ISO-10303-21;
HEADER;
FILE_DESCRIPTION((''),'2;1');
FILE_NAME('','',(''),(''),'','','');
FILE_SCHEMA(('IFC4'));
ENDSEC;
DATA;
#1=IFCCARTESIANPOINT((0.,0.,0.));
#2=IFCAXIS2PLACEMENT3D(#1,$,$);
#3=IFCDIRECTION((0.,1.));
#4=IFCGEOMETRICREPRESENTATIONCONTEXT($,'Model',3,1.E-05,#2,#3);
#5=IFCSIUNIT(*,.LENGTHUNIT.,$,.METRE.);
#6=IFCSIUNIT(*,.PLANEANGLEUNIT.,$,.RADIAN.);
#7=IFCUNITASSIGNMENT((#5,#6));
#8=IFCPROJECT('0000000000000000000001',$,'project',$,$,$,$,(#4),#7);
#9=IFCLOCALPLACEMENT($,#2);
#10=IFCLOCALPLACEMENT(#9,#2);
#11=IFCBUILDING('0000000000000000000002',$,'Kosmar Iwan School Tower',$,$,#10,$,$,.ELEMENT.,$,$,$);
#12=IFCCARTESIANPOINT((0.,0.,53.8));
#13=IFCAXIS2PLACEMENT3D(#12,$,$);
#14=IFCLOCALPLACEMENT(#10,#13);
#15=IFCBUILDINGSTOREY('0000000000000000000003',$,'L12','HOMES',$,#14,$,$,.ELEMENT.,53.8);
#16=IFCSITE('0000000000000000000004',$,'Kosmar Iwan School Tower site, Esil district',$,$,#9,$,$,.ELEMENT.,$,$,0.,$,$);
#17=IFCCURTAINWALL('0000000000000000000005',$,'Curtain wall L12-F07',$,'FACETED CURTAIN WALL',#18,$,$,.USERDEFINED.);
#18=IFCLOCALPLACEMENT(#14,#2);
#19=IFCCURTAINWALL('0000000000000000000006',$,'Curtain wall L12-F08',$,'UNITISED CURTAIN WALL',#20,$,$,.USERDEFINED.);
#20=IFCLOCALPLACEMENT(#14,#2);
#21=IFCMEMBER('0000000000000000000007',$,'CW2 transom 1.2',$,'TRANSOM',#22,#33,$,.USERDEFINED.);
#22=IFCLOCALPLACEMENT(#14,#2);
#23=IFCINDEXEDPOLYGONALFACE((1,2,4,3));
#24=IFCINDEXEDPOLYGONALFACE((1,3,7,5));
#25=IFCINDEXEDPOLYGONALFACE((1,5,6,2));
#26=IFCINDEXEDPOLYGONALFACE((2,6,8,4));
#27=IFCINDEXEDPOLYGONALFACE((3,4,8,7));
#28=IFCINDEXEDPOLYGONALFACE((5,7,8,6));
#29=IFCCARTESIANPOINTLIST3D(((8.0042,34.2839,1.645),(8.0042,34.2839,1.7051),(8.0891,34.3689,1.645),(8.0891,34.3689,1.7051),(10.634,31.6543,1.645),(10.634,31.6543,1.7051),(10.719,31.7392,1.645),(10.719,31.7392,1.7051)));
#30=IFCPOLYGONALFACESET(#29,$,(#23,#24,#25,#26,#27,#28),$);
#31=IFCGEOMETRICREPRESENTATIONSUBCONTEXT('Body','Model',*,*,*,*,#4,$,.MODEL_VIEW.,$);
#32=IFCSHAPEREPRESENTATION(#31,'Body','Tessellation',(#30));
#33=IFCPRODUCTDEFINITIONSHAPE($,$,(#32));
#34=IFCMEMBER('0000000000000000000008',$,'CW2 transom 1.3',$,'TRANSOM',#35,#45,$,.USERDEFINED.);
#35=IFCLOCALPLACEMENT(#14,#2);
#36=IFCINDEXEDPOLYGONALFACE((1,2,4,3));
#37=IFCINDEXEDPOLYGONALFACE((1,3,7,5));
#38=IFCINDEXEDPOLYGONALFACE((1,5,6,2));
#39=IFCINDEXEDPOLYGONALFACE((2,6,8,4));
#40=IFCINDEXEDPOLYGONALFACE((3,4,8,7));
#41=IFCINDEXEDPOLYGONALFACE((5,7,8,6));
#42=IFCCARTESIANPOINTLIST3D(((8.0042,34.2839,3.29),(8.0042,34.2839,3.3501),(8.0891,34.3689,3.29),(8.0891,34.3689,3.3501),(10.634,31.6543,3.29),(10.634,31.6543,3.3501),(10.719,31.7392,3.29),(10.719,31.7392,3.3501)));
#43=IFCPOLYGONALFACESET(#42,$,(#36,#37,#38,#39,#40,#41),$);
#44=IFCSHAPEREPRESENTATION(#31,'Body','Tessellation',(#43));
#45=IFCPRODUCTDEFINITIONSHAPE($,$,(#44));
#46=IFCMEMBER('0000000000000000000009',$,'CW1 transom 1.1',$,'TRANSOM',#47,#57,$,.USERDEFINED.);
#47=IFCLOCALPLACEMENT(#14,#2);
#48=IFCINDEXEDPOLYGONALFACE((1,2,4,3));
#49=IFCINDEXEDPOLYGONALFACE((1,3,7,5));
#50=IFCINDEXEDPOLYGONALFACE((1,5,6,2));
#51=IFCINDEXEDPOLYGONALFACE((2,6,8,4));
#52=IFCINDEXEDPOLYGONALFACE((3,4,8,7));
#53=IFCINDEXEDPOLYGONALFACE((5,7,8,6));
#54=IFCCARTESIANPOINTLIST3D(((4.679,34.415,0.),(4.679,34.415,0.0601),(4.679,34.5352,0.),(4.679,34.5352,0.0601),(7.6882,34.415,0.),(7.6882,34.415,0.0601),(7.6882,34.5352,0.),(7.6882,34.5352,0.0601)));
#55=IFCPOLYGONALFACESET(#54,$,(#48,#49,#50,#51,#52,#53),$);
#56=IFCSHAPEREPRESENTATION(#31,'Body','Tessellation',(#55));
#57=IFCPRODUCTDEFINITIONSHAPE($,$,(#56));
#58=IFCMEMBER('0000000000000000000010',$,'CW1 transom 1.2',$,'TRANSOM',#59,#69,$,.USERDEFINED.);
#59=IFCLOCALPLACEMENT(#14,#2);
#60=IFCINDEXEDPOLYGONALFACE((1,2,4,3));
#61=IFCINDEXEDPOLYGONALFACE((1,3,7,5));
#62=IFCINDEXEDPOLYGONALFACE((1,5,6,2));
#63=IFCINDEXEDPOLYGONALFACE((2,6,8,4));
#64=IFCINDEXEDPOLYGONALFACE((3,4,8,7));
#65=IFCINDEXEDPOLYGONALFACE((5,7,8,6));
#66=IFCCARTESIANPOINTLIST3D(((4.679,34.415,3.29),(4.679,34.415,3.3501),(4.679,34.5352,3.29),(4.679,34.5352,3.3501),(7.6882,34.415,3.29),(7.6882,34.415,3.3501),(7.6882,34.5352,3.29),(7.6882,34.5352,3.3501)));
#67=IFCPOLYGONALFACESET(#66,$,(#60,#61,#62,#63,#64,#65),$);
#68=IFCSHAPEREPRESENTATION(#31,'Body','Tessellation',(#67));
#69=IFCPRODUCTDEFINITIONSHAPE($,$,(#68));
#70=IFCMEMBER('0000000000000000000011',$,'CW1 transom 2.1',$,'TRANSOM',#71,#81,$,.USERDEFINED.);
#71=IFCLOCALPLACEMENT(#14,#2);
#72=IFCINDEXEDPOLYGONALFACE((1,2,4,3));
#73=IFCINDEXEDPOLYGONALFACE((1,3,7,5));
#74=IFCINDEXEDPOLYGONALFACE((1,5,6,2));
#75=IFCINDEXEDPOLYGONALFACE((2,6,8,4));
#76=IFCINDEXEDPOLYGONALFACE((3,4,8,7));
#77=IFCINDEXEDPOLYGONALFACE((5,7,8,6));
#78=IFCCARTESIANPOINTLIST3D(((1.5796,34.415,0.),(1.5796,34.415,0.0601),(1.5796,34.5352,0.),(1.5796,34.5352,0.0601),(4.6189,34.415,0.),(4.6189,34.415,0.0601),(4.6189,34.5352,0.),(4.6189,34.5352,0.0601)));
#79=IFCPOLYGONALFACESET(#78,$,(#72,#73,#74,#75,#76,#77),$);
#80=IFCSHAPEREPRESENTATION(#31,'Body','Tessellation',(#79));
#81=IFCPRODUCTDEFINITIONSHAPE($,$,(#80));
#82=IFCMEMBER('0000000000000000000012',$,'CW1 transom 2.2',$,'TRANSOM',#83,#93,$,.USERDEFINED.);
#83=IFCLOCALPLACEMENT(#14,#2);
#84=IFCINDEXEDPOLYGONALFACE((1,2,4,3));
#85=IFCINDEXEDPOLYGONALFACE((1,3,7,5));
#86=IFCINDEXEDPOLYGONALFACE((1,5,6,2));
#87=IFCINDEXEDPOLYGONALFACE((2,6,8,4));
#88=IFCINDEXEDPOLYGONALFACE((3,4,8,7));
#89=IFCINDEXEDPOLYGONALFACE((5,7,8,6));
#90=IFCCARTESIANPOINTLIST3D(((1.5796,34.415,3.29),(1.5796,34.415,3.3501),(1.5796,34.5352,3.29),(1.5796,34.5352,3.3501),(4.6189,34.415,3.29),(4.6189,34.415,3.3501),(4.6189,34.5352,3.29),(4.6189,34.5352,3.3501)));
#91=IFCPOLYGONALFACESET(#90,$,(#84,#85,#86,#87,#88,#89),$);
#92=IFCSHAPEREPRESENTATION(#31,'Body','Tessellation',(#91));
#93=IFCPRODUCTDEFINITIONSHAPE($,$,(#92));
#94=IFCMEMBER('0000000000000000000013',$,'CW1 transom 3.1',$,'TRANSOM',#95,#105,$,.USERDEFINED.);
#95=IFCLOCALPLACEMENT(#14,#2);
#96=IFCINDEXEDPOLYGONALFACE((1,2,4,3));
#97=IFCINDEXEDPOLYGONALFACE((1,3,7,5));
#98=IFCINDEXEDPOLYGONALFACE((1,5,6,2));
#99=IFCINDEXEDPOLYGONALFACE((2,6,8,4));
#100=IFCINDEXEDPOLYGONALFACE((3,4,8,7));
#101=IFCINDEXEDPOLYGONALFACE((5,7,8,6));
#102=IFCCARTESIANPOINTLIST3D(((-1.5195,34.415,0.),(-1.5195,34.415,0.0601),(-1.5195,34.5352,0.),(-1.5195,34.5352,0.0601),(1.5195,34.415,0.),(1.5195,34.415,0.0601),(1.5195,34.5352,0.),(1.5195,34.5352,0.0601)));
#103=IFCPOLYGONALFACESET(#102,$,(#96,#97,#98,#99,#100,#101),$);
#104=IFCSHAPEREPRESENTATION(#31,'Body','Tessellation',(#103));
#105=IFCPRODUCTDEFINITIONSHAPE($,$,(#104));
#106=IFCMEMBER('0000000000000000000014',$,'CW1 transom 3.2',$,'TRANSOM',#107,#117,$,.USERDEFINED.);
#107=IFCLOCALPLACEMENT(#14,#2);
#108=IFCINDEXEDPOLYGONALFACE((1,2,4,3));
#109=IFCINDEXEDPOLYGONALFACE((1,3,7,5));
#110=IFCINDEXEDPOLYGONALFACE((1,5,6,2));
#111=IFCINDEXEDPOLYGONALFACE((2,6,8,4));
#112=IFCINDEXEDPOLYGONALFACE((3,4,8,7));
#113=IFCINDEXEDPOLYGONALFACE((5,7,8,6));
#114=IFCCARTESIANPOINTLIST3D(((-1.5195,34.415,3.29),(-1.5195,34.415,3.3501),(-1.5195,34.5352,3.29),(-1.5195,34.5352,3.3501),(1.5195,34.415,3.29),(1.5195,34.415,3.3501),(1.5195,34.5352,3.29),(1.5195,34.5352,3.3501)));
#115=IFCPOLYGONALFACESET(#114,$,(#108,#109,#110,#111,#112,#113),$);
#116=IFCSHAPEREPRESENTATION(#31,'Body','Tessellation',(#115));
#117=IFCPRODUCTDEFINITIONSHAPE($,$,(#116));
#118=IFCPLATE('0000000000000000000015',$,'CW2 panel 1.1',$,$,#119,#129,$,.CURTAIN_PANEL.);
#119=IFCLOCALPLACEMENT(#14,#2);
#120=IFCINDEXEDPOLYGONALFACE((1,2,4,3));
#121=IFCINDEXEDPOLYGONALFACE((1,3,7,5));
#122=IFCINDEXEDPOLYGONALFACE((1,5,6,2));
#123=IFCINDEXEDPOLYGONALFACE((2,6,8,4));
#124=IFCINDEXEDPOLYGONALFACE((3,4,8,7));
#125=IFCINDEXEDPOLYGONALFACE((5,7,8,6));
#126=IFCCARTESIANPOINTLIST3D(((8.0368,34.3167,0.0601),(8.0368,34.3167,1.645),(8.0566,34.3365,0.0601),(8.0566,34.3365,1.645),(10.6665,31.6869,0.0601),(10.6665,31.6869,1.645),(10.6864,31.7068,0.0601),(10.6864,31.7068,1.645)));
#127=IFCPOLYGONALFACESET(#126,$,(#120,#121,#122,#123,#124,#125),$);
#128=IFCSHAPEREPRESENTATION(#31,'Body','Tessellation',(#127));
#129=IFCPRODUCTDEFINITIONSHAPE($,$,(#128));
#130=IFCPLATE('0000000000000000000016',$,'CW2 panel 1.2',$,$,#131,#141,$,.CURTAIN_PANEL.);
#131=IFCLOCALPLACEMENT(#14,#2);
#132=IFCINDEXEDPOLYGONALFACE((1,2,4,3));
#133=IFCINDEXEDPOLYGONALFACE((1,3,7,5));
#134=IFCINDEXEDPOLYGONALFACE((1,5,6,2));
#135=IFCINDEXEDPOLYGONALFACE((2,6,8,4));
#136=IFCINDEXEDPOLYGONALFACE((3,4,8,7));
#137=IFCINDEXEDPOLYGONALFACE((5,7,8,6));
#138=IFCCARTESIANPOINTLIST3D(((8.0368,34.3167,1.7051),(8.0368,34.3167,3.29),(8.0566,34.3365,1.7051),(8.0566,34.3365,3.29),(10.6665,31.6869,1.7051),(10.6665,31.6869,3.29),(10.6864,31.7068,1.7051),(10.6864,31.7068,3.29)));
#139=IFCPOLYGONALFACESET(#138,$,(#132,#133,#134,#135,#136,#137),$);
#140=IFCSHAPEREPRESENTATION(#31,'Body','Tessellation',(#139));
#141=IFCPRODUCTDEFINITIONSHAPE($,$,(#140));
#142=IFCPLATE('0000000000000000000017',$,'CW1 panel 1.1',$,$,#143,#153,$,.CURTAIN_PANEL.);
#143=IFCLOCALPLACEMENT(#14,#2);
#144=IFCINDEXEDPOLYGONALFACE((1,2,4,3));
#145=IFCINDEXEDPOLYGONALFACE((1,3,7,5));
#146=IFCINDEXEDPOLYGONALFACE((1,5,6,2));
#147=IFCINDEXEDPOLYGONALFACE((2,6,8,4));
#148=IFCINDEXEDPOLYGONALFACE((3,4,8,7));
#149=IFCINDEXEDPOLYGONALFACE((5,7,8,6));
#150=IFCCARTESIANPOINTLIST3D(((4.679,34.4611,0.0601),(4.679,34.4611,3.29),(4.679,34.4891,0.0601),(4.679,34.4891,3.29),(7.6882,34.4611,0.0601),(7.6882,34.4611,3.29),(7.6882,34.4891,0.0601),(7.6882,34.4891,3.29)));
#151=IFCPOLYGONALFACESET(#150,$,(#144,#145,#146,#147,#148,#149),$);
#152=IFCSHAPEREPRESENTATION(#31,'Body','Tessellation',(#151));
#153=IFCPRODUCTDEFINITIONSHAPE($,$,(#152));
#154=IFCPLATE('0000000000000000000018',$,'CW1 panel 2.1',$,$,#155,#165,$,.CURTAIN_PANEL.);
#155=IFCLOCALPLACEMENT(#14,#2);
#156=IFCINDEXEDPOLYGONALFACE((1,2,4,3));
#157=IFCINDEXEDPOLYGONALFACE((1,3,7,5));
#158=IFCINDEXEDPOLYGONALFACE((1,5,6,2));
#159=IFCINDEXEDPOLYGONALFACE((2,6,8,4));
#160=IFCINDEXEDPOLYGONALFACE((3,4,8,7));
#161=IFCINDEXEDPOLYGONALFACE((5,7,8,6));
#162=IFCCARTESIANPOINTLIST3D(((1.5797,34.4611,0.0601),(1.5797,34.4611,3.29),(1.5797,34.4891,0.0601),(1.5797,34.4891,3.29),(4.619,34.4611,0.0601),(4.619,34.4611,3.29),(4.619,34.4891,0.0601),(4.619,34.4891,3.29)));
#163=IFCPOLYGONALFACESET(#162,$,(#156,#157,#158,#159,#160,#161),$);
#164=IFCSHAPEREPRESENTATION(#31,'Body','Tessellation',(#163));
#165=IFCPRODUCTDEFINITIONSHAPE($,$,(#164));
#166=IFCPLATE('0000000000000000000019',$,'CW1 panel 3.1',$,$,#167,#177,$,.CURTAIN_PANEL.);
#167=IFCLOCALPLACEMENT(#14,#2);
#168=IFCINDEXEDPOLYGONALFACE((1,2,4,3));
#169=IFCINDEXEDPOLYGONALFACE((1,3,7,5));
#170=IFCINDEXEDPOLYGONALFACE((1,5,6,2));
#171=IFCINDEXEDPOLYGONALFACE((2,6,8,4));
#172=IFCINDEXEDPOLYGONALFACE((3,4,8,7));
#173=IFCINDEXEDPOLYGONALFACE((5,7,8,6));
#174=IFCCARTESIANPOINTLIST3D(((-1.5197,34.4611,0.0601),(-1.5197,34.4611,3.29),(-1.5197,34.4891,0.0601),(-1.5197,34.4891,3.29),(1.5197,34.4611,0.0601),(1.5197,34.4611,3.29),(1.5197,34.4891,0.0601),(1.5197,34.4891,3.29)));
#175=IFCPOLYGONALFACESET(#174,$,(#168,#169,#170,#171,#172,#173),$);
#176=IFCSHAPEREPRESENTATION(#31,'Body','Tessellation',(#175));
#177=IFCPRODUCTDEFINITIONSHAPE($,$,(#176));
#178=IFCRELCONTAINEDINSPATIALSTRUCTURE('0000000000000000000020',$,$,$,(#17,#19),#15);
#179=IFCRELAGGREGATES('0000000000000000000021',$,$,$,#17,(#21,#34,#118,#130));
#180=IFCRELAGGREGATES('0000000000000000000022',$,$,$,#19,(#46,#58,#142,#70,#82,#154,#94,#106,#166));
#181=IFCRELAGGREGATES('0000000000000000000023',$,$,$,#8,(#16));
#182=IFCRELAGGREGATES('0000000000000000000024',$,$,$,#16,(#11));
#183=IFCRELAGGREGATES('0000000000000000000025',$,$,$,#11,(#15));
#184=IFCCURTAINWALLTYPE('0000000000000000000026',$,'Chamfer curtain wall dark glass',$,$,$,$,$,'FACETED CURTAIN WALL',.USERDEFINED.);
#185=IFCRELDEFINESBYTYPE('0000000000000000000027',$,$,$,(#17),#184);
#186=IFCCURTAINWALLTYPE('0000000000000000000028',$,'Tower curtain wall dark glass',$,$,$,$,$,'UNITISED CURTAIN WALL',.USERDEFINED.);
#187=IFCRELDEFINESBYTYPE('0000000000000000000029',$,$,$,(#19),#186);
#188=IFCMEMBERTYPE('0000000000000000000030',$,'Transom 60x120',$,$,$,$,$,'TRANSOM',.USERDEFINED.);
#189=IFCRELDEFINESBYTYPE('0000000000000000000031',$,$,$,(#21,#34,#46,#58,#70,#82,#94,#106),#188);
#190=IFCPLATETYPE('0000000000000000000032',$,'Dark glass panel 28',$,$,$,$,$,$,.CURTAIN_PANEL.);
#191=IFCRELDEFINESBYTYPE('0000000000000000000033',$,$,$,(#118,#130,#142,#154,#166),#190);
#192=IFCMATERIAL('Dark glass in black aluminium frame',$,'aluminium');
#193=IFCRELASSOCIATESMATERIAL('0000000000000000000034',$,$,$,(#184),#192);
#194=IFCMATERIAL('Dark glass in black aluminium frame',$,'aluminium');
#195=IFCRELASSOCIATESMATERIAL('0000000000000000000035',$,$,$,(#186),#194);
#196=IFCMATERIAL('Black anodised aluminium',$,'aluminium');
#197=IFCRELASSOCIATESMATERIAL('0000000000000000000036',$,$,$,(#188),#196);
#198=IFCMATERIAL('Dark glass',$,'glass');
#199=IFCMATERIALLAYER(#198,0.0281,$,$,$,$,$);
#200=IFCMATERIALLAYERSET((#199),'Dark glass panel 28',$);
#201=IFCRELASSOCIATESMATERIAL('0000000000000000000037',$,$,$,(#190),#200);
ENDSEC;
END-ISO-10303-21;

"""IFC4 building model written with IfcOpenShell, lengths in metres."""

from ifc_helpers import new_model, si_unit, direction, frame, origin, origin_2d, place, context, subcontext, project, spatial, rectangle, extrude, material, layer, layer_set, material_profile, profile_set, type_object, element, aggregate, save


model = new_model("IFC4")

# Units and contexts
model_context = context("Model", 3, precision=1e-05, world=origin(), true_north=direction((0.0, 1.0)))
body_context = subcontext(model_context, "Body", "Model", "MODEL_VIEW")
ifc_project = project(units=[si_unit("LENGTHUNIT", "METRE"), si_unit("PLANEANGLEUNIT", "RADIAN")], contexts=[model_context])

# Site, building, storey
site_placement = place(None, origin())
site = spatial("IfcSite", under=ifc_project, at=site_placement, Name="Kosmar Iwan School Tower site, Esil district", CompositionType="ELEMENT", RefElevation=0.0)
building_placement = place(site_placement, origin())
building = spatial("IfcBuilding", under=site, at=building_placement, Name="Kosmar Iwan School Tower", CompositionType="ELEMENT")
storey_placement = place(building_placement, frame((0.0, 0.0, 53.8)))
storey = spatial("IfcBuildingStorey", under=building, at=storey_placement, Name="L12", Description="HOMES", CompositionType="ELEMENT", Elevation=53.8)

# Curtain walls
ifc_material_1 = material(Name="Dark glass in black aluminium frame", Category="aluminium")
curtain_wall_type_1 = type_object("IfcCurtainWallType", Name="Chamfer curtain wall dark glass", ElementType="FACETED CURTAIN WALL", PredefinedType="USERDEFINED", material=ifc_material_1)
curtain_wall_1_placement = place(storey_placement, origin())
curtain_wall_1 = element("IfcCurtainWall", 1, at=curtain_wall_1_placement, inside=storey, type_object=curtain_wall_type_1, Name="Curtain wall L12-F07", ObjectType="FACETED CURTAIN WALL", PredefinedType="USERDEFINED")
ifc_material_2 = material(Name="Dark glass in black aluminium frame", Category="aluminium")
curtain_wall_type_2 = type_object("IfcCurtainWallType", Name="Tower curtain wall dark glass", ElementType="UNITISED CURTAIN WALL", PredefinedType="USERDEFINED", material=ifc_material_2)
curtain_wall_2_placement = place(storey_placement, origin())
curtain_wall_2 = element("IfcCurtainWall", 2, at=curtain_wall_2_placement, inside=storey, type_object=curtain_wall_type_2, Name="Curtain wall L12-F08", ObjectType="UNITISED CURTAIN WALL", PredefinedType="USERDEFINED")

# Members
ifc_material_3 = material(Name="Black anodised aluminium", Category="aluminium")
ifc_material_profile_1 = material_profile(ifc_material_3, rectangle(XDim=0.1201, YDim=0.0601, at=origin_2d()), Name="TRANSOM 60x120")
ifc_profile_set_1 = profile_set([ifc_material_profile_1], Name="Black anodised aluminium")
member_type_1 = type_object("IfcMemberType", Name="Transom 60x120", ElementType="TRANSOM", PredefinedType="USERDEFINED", material=ifc_profile_set_1)
member_1_placement = place(storey_placement, frame((10.6765, 31.6968, 1.675), z_axis=(-0.70714, 0.707074, 0.0), x_axis=(-0.707074, -0.70714, 0.0)))
member_1 = element("IfcMember", 3, at=member_1_placement, type_object=member_type_1, Name="CW2 transom 1.2", ObjectType="TRANSOM", PredefinedType="USERDEFINED", context=body_context, shape_type="SweptSolid", body=[
    extrude(rectangle(XDim=0.1201, YDim=0.0601, at=origin_2d()), origin(), (0.0, 0.0, 1.0), 3.719),
])
member_2_placement = place(storey_placement, frame((10.6765, 31.6968, 3.3201), z_axis=(-0.70714, 0.707074, 0.0), x_axis=(-0.707074, -0.70714, 0.0)))
member_2 = element("IfcMember", 4, at=member_2_placement, type_object=member_type_1, Name="CW2 transom 1.3", ObjectType="TRANSOM", PredefinedType="USERDEFINED", context=body_context, shape_type="SweptSolid", body=[
    extrude(rectangle(XDim=0.1201, YDim=0.0601, at=origin_2d()), origin(), (0.0, 0.0, 1.0), 3.719),
])
member_3_placement = place(storey_placement, frame((7.6882, 34.4751, 0.03), z_axis=(-1.0, 0.0, 0.0), x_axis=(0.0, -1.0, 0.0)))
member_3 = element("IfcMember", 5, at=member_3_placement, type_object=member_type_1, Name="CW1 transom 1.1", ObjectType="TRANSOM", PredefinedType="USERDEFINED", context=body_context, shape_type="SweptSolid", body=[
    extrude(rectangle(XDim=0.1201, YDim=0.0601, at=origin_2d()), origin(), (0.0, 0.0, 1.0), 3.0093),
])
member_4_placement = place(storey_placement, frame((7.6882, 34.4751, 3.3201), z_axis=(-1.0, 0.0, 0.0), x_axis=(0.0, -1.0, 0.0)))
member_4 = element("IfcMember", 6, at=member_4_placement, type_object=member_type_1, Name="CW1 transom 1.2", ObjectType="TRANSOM", PredefinedType="USERDEFINED", context=body_context, shape_type="SweptSolid", body=[
    extrude(rectangle(XDim=0.1201, YDim=0.0601, at=origin_2d()), origin(), (0.0, 0.0, 1.0), 3.0093),
])
member_5_placement = place(storey_placement, frame((4.6189, 34.4751, 0.03), z_axis=(-1.0, 0.0, 0.0), x_axis=(0.0, -1.0, 0.0)))
member_5 = element("IfcMember", 7, at=member_5_placement, type_object=member_type_1, Name="CW1 transom 2.1", ObjectType="TRANSOM", PredefinedType="USERDEFINED", context=body_context, shape_type="SweptSolid", body=[
    extrude(rectangle(XDim=0.1201, YDim=0.0601, at=origin_2d()), origin(), (0.0, 0.0, 1.0), 3.0393),
])
member_6_placement = place(storey_placement, frame((4.6189, 34.4751, 3.3201), z_axis=(-1.0, 0.0, 0.0), x_axis=(0.0, -1.0, 0.0)))
member_6 = element("IfcMember", 8, at=member_6_placement, type_object=member_type_1, Name="CW1 transom 2.2", ObjectType="TRANSOM", PredefinedType="USERDEFINED", context=body_context, shape_type="SweptSolid", body=[
    extrude(rectangle(XDim=0.1201, YDim=0.0601, at=origin_2d()), origin(), (0.0, 0.0, 1.0), 3.0393),
])
member_7_placement = place(storey_placement, frame((1.5195, 34.4751, 0.03), z_axis=(-1.0, 0.0, 0.0), x_axis=(0.0, -1.0, 0.0)))
member_7 = element("IfcMember", 9, at=member_7_placement, type_object=member_type_1, Name="CW1 transom 3.1", ObjectType="TRANSOM", PredefinedType="USERDEFINED", context=body_context, shape_type="SweptSolid", body=[
    extrude(rectangle(XDim=0.1201, YDim=0.0601, at=origin_2d()), origin(), (0.0, 0.0, 1.0), 3.0391),
])
member_8_placement = place(storey_placement, frame((1.5195, 34.4751, 3.3201), z_axis=(-1.0, 0.0, 0.0), x_axis=(0.0, -1.0, 0.0)))
member_8 = element("IfcMember", 10, at=member_8_placement, type_object=member_type_1, Name="CW1 transom 3.2", ObjectType="TRANSOM", PredefinedType="USERDEFINED", context=body_context, shape_type="SweptSolid", body=[
    extrude(rectangle(XDim=0.1201, YDim=0.0601, at=origin_2d()), origin(), (0.0, 0.0, 1.0), 3.0391),
])

# Plates
ifc_material_4 = material(Name="Dark glass", Category="glass")
ifc_layer_1 = layer(ifc_material_4, 0.0281)
ifc_layer_set_1 = layer_set([ifc_layer_1], Name="Dark glass panel 28")
plate_type = type_object("IfcPlateType", Name="Dark glass panel 28", PredefinedType="CURTAIN_PANEL", material=ifc_layer_set_1)
plate_1_placement = place(storey_placement, frame((9.3616, 33.0117, 0.0601), z_axis=(0.0, 0.0, 1.0), x_axis=(-0.707107, 0.707107, 0.0)))
plate_1 = element("IfcPlate", 11, at=plate_1_placement, type_object=plate_type, Name="CW2 panel 1.1", PredefinedType="CURTAIN_PANEL", context=body_context, shape_type="SweptSolid", body=[
    extrude(rectangle(XDim=3.719, YDim=0.0281, at=origin_2d()), origin(), (0.0, 0.0, 1.0), 1.585),
])
plate_2_placement = place(storey_placement, frame((9.3616, 33.0117, 1.7051), z_axis=(0.0, 0.0, 1.0), x_axis=(-0.707107, 0.707107, 0.0)))
plate_2 = element("IfcPlate", 12, at=plate_2_placement, type_object=plate_type, Name="CW2 panel 1.2", PredefinedType="CURTAIN_PANEL", context=body_context, shape_type="SweptSolid", body=[
    extrude(rectangle(XDim=3.719, YDim=0.0281, at=origin_2d()), origin(), (0.0, 0.0, 1.0), 1.585),
])
aggregate(curtain_wall_1, [member_1, member_2, plate_1, plate_2])
plate_3_placement = place(storey_placement, frame((6.1836, 34.4751, 0.0601), z_axis=(0.0, 0.0, 1.0), x_axis=(-1.0, 0.0, 0.0)))
plate_3 = element("IfcPlate", 13, at=plate_3_placement, type_object=plate_type, Name="CW1 panel 1.1", PredefinedType="CURTAIN_PANEL", context=body_context, shape_type="SweptSolid", body=[
    extrude(rectangle(XDim=3.0093, YDim=0.0281, at=origin_2d()), origin(), (0.0, 0.0, 1.0), 3.23),
])
plate_4_placement = place(storey_placement, frame((3.0994, 34.4751, 0.0601), z_axis=(0.0, 0.0, 1.0), x_axis=(-1.0, 0.0, 0.0)))
plate_4 = element("IfcPlate", 14, at=plate_4_placement, type_object=plate_type, Name="CW1 panel 2.1", PredefinedType="CURTAIN_PANEL", context=body_context, shape_type="SweptSolid", body=[
    extrude(rectangle(XDim=3.0393, YDim=0.0281, at=origin_2d()), origin(), (0.0, 0.0, 1.0), 3.23),
])
plate_5_placement = place(storey_placement, frame((0.0, 34.4751, 0.0601), z_axis=(0.0, 0.0, 1.0), x_axis=(-1.0, 0.0, 0.0)))
plate_5 = element("IfcPlate", 15, at=plate_5_placement, type_object=plate_type, Name="CW1 panel 3.1", PredefinedType="CURTAIN_PANEL", context=body_context, shape_type="SweptSolid", body=[
    extrude(rectangle(XDim=3.0393, YDim=0.0281, at=origin_2d()), origin(), (0.0, 0.0, 1.0), 3.23),
])
aggregate(curtain_wall_2, [member_3, member_4, plate_3, member_5, member_6, plate_4, member_7, member_8, plate_5])

save(model, "model.ifc")
